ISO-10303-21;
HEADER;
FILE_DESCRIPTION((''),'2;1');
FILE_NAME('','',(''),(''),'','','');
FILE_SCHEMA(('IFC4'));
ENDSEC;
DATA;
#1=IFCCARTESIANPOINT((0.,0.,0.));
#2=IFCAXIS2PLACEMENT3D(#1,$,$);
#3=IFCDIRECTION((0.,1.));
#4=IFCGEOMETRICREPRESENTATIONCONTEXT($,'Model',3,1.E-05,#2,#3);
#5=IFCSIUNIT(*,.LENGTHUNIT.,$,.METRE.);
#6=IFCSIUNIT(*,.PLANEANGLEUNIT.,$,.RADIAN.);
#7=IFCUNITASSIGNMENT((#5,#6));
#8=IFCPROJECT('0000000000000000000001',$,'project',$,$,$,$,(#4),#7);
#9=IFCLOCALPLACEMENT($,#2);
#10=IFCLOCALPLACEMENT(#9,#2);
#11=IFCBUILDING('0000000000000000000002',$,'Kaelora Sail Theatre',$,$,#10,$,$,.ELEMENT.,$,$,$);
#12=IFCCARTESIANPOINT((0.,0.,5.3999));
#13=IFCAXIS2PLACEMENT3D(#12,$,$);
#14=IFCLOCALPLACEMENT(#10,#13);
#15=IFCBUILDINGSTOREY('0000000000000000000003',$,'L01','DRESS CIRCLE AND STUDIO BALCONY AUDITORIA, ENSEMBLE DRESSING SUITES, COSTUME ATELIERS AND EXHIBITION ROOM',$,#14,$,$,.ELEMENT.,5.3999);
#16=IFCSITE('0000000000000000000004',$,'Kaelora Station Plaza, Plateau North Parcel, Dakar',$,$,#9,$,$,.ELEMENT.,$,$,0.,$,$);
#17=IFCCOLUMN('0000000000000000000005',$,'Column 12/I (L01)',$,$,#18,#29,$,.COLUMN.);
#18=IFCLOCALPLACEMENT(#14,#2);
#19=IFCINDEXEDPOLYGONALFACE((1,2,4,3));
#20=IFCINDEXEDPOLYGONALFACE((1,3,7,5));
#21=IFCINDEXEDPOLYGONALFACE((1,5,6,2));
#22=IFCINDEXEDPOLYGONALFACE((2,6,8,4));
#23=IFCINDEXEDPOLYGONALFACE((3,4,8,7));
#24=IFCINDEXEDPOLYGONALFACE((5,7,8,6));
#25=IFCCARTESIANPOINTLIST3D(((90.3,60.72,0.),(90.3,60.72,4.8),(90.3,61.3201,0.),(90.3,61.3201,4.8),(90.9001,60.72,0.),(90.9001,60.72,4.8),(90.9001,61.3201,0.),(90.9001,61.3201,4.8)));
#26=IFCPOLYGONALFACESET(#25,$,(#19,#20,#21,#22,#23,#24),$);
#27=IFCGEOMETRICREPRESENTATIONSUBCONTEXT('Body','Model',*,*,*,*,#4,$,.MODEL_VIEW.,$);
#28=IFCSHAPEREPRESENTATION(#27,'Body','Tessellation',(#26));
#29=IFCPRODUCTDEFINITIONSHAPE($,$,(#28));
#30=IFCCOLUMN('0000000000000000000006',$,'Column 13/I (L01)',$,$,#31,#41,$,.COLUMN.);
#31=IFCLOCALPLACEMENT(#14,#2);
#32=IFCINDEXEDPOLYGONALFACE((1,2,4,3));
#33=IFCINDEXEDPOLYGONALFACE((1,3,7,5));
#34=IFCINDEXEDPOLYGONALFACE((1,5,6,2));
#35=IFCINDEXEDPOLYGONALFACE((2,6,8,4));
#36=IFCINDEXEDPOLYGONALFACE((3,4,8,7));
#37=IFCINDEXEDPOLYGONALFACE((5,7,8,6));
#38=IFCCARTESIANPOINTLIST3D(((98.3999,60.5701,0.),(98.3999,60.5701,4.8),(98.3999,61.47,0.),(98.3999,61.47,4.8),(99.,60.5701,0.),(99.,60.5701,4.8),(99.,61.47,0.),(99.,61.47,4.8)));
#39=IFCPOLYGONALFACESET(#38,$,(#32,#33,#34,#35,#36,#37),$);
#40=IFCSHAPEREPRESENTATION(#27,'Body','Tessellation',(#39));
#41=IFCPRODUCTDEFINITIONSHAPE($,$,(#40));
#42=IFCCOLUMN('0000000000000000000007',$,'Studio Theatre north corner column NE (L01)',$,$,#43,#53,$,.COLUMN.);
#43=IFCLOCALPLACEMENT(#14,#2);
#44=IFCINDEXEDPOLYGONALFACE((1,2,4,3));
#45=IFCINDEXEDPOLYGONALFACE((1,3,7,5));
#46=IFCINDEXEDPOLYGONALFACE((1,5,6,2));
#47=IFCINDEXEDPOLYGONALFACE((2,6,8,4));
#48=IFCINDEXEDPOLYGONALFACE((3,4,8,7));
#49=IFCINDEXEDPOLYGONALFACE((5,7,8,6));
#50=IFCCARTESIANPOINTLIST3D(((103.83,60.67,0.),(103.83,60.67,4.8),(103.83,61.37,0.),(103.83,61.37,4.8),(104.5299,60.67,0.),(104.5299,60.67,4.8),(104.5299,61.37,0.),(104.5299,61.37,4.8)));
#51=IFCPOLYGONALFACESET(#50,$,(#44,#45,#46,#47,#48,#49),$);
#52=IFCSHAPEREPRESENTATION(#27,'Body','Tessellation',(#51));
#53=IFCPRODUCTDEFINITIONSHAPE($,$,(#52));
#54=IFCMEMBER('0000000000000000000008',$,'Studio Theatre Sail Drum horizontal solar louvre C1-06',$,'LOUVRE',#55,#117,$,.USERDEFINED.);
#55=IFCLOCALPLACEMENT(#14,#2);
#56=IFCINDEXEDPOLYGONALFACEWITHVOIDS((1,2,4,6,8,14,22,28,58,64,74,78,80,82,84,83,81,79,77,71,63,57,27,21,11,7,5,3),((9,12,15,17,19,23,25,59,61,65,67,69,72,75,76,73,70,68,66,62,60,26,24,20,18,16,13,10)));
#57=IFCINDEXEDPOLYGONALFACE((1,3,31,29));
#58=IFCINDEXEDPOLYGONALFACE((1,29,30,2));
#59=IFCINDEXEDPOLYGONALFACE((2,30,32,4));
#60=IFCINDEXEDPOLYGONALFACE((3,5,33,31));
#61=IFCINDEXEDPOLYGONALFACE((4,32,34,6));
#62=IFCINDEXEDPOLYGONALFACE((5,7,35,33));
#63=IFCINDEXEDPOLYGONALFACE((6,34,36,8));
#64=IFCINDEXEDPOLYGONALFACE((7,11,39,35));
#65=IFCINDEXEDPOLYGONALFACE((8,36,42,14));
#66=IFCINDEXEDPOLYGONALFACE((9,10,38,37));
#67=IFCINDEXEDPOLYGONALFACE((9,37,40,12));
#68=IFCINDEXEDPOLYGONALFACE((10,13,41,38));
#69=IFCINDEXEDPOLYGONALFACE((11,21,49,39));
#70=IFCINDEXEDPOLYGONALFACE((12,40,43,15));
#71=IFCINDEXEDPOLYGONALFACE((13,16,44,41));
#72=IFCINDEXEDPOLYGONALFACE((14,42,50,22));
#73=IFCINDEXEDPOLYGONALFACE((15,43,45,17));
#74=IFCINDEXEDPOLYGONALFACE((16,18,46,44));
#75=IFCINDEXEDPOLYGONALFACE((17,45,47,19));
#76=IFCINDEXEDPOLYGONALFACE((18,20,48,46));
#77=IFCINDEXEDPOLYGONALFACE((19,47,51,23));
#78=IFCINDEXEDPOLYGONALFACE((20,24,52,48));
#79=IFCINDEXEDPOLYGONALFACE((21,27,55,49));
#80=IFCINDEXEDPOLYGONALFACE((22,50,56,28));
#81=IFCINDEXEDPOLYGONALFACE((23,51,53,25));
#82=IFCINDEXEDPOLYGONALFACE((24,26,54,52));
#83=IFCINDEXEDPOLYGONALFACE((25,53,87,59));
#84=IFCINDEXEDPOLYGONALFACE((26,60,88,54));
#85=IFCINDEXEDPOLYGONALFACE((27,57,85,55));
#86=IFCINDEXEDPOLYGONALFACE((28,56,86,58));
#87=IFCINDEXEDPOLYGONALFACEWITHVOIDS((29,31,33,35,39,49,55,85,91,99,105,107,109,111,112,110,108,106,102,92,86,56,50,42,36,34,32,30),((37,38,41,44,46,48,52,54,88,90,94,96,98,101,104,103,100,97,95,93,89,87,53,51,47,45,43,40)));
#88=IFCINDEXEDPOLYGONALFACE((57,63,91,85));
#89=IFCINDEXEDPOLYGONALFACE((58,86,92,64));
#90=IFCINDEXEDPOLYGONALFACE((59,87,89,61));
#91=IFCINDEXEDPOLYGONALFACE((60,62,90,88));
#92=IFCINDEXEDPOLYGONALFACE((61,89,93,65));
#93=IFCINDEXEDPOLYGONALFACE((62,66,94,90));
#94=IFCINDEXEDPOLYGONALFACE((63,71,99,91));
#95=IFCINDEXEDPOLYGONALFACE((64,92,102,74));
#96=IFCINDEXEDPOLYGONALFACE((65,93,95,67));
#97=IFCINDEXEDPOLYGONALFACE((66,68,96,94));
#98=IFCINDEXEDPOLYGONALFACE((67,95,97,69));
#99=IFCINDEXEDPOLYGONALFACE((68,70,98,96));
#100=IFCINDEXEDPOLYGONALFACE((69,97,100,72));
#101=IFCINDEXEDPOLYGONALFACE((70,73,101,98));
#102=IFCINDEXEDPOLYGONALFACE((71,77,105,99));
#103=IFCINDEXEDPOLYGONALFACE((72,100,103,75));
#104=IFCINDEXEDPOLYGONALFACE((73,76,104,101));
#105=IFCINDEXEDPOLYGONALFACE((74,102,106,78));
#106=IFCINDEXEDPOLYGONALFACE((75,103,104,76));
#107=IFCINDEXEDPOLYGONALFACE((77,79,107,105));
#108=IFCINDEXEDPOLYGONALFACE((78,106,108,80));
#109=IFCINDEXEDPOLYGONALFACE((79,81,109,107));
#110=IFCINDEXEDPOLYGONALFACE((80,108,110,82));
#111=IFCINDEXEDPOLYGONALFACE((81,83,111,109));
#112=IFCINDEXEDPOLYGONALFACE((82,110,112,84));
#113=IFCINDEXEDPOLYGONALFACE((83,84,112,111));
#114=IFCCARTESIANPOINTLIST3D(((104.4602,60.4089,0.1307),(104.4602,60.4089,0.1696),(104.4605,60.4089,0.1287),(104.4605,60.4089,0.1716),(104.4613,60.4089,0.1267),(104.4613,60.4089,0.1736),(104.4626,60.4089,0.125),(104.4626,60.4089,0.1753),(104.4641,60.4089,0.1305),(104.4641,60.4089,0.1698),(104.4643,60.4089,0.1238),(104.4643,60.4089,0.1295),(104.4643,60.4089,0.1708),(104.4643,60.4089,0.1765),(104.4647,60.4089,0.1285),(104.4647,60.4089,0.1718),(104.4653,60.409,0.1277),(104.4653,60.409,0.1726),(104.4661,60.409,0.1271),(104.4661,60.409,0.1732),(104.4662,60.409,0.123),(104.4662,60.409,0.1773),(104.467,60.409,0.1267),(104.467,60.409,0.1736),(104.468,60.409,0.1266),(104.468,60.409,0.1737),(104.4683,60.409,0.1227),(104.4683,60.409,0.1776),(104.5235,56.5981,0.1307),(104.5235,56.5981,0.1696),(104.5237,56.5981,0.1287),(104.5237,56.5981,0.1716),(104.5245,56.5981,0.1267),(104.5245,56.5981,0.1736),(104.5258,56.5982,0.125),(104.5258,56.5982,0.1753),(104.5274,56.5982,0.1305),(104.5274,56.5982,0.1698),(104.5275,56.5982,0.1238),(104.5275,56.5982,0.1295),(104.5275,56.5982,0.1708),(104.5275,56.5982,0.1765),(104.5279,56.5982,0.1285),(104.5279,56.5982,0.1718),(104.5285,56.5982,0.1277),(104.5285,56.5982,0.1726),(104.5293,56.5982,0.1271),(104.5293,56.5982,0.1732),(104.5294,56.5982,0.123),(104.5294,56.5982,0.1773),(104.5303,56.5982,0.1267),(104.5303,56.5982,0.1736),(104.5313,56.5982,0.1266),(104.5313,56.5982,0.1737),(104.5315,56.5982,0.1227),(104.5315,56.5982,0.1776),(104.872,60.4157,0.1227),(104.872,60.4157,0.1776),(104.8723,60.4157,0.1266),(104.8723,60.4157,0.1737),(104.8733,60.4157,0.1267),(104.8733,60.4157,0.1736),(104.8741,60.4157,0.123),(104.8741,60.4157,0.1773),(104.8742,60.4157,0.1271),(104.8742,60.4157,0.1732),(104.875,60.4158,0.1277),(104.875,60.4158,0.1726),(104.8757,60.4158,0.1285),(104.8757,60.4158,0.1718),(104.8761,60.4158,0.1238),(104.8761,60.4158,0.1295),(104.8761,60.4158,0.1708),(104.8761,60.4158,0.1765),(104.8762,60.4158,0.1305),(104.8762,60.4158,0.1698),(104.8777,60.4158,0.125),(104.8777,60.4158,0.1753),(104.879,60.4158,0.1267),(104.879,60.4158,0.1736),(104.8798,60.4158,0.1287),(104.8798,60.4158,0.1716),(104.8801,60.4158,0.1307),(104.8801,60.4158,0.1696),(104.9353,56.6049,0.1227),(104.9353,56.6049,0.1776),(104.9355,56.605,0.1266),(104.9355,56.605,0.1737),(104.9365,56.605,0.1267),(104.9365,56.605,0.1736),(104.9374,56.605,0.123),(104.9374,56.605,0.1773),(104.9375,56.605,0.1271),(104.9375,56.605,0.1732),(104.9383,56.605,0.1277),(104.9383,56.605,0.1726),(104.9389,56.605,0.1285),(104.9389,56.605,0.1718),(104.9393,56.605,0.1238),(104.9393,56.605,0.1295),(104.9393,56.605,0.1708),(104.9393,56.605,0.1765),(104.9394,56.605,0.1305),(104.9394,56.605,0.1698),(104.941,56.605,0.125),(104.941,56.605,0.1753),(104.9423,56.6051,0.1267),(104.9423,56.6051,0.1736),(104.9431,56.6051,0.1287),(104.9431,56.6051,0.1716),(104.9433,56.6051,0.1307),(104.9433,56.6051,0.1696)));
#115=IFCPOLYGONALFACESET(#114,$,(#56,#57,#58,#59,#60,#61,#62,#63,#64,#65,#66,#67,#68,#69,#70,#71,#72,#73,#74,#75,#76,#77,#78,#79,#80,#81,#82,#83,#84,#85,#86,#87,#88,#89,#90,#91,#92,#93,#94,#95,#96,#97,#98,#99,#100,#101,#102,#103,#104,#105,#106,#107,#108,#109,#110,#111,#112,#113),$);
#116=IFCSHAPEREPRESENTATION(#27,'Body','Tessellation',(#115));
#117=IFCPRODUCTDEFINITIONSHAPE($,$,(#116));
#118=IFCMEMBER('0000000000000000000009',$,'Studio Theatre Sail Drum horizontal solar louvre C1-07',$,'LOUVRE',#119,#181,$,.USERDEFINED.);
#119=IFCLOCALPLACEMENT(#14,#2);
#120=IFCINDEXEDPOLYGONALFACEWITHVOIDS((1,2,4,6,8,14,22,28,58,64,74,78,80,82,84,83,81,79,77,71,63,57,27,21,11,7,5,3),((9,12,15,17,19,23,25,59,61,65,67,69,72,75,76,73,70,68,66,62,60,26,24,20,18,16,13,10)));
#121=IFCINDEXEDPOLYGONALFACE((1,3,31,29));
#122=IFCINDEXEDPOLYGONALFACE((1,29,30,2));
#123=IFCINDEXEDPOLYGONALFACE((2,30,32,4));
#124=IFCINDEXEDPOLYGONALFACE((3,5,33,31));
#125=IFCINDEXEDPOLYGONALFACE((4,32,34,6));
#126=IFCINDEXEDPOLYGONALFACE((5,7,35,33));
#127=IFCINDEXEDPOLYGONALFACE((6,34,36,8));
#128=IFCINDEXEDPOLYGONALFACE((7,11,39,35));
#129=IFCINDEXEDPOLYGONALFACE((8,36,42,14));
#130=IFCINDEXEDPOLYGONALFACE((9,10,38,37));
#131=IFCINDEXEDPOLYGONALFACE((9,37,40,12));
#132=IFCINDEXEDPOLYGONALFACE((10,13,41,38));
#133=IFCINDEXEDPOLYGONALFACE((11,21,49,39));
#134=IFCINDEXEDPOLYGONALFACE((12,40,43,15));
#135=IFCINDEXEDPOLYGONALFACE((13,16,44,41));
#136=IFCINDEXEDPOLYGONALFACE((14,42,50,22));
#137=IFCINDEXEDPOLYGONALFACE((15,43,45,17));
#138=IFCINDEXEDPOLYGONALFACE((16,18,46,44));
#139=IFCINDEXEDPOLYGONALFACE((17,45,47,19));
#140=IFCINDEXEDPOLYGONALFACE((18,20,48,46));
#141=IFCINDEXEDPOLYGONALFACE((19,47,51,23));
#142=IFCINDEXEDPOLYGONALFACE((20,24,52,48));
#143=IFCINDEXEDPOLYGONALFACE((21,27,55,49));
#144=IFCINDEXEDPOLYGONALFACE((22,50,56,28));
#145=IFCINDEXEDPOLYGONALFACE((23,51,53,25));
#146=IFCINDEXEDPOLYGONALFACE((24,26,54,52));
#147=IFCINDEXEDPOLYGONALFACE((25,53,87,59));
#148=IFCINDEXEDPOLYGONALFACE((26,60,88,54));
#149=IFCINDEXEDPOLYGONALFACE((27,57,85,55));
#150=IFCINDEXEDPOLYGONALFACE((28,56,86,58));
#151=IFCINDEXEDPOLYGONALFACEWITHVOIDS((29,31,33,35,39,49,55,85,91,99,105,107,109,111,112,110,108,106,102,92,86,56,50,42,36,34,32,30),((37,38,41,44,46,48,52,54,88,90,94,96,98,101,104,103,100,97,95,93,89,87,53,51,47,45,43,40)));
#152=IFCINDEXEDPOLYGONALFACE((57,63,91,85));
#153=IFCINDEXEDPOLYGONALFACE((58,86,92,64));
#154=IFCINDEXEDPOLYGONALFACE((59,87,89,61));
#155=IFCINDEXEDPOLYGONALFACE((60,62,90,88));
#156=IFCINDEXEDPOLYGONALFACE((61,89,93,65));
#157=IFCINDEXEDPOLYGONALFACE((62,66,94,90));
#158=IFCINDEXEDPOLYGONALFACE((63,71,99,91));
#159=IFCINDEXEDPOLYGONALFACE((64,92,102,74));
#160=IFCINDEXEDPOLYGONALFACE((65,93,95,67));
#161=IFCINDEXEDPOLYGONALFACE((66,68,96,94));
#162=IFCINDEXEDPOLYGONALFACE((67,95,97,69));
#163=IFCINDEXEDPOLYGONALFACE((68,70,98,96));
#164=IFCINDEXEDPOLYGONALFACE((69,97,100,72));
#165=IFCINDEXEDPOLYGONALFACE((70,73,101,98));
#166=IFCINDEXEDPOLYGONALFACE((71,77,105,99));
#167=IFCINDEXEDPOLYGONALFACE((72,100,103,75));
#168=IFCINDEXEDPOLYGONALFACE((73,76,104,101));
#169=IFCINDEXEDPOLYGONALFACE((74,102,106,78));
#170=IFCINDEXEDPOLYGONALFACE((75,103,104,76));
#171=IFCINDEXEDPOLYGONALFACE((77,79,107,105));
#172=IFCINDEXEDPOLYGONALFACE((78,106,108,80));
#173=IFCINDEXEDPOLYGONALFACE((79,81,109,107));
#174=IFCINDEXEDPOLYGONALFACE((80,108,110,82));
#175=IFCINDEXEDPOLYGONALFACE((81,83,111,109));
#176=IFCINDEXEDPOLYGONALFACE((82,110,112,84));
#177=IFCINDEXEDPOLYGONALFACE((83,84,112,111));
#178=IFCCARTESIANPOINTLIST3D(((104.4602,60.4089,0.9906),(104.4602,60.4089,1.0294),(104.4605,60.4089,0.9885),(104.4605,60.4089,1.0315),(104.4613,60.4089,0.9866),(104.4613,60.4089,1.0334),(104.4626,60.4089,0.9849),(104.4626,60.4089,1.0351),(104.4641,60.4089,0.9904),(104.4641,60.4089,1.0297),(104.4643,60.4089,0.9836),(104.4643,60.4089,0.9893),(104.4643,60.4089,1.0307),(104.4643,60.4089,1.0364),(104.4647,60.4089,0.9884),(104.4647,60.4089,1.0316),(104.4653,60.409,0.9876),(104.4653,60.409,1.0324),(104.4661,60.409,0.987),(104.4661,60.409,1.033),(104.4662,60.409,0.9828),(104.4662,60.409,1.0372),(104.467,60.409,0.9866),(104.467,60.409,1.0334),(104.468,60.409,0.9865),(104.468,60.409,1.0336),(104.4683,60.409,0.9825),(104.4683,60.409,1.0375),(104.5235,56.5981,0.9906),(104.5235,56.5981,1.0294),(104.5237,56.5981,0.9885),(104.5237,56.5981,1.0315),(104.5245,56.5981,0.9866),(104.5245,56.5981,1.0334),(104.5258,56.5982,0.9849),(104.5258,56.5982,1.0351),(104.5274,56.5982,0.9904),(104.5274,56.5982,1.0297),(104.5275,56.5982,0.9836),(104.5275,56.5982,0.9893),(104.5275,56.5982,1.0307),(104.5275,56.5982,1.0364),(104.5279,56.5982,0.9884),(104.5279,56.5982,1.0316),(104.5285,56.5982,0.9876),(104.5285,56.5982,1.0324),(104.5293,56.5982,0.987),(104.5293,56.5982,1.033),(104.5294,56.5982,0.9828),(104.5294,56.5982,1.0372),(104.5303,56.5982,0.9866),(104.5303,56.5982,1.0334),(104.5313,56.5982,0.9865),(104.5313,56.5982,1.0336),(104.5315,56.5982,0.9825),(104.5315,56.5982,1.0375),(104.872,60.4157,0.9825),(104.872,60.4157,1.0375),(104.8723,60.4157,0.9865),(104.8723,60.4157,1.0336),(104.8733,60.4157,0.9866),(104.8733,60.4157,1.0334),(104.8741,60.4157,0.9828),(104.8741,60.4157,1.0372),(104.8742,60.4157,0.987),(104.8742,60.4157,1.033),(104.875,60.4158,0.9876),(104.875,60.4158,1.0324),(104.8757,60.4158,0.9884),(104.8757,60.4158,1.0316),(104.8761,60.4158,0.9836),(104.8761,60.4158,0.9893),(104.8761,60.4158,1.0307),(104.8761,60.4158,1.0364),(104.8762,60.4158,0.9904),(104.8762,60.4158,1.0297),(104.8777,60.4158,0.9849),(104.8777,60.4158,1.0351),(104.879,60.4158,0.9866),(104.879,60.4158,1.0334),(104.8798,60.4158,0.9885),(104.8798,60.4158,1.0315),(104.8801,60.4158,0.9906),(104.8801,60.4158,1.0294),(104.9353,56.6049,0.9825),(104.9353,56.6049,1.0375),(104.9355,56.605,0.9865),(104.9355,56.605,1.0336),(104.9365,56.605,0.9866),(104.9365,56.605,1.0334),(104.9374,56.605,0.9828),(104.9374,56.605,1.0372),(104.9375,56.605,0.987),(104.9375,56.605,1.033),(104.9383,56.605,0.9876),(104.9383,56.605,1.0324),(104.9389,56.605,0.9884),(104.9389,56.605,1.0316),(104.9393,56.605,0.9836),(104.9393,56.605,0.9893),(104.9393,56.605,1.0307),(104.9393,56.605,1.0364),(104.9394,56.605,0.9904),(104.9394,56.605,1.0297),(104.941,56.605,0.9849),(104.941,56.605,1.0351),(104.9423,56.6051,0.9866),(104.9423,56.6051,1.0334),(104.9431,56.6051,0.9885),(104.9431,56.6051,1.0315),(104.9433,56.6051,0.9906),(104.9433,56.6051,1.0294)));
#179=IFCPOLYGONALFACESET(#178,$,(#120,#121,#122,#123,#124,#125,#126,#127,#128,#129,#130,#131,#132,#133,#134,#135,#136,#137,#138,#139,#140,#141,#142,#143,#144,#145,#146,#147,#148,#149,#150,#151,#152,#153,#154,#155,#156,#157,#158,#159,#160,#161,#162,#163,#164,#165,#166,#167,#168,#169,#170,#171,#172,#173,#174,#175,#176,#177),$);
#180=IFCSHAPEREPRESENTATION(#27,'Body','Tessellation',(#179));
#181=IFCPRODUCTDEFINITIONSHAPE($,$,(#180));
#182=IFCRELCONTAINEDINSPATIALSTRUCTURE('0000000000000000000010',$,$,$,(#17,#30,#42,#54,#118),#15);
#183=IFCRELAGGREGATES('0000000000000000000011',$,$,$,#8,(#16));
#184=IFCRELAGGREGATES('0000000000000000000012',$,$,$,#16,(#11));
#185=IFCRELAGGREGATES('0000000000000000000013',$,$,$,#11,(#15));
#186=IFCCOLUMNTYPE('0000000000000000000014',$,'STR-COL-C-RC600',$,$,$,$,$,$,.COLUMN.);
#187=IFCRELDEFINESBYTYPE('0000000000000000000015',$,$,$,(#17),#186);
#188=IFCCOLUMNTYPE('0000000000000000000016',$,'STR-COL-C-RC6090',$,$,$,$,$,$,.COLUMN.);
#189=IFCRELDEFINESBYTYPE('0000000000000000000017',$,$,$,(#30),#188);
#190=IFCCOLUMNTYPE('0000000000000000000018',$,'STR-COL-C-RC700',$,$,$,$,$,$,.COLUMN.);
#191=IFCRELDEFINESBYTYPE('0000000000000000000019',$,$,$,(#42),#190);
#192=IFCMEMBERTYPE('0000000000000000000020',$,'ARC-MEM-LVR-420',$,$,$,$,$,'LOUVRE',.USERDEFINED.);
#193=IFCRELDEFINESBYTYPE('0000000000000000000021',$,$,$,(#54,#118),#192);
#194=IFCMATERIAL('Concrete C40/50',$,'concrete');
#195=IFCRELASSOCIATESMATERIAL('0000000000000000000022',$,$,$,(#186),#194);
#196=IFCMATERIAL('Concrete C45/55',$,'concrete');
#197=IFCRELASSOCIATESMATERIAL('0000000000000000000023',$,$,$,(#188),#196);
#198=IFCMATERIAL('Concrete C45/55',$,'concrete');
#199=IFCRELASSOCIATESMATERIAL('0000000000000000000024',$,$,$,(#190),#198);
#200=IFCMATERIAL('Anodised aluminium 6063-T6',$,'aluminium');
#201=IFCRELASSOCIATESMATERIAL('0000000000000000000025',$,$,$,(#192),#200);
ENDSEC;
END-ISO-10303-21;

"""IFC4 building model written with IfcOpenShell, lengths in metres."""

from ifc_helpers import new_model, si_unit, direction, frame, origin, origin_2d, place, context, subcontext, project, spatial, rectangle, hollow_rectangle, extrude, material, material_profile, profile_set, type_object, element, save


model = new_model("IFC4")

# Units and contexts
model_context = context("Model", 3, precision=1e-05, world=origin(), true_north=direction((0.0, 1.0)))
body_context = subcontext(model_context, "Body", "Model", "MODEL_VIEW")
ifc_project = project(units=[si_unit("LENGTHUNIT", "METRE"), si_unit("PLANEANGLEUNIT", "RADIAN")], contexts=[model_context])

# Site, building, storey
site_placement = place(None, origin())
site = spatial("IfcSite", under=ifc_project, at=site_placement, Name="Kaelora Station Plaza, Plateau North Parcel, Dakar", CompositionType="ELEMENT", RefElevation=0.0)
building_placement = place(site_placement, origin())
building = spatial("IfcBuilding", under=site, at=building_placement, Name="Kaelora Sail Theatre", CompositionType="ELEMENT")
storey_placement = place(building_placement, frame((0.0, 0.0, 5.3999)))
storey = spatial("IfcBuildingStorey", under=building, at=storey_placement, Name="L01", Description="DRESS CIRCLE AND STUDIO BALCONY AUDITORIA, ENSEMBLE DRESSING SUITES, COSTUME ATELIERS AND EXHIBITION ROOM", CompositionType="ELEMENT", Elevation=5.3999)

# Columns
ifc_material_1 = material(Name="Concrete C40/50", Category="concrete")
ifc_material_profile_1 = material_profile(ifc_material_1, rectangle(XDim=0.6001, YDim=0.6001, at=origin_2d()), Name="RC-COL 600x600")
ifc_profile_set_1 = profile_set([ifc_material_profile_1], Name="Concrete C40/50")
column_type_1 = type_object("IfcColumnType", Name="STR-COL-C-RC600", PredefinedType="COLUMN", material=ifc_profile_set_1)
column_1_placement = place(storey_placement, frame((90.6001, 61.02, 0.0), z_axis=(0.0, 0.0, 1.0), x_axis=(1.0, 0.0, 0.0)))
element("IfcColumn", 1, at=column_1_placement, inside=storey, type_object=column_type_1, Name="Column 12/I (L01)", PredefinedType="COLUMN", context=body_context, shape_type="SweptSolid", body=[
    extrude(rectangle(XDim=0.6001, YDim=0.6001, at=origin_2d()), origin(), (0.0, 0.0, 1.0), 4.8),
])
ifc_material_2 = material(Name="Concrete C45/55", Category="concrete")
ifc_material_profile_2 = material_profile(ifc_material_2, rectangle(XDim=0.6001, YDim=0.8999, at=origin_2d()), Name="RC-COL 600x900")
ifc_profile_set_2 = profile_set([ifc_material_profile_2], Name="Concrete C45/55")
column_type_2 = type_object("IfcColumnType", Name="STR-COL-C-RC6090", PredefinedType="COLUMN", material=ifc_profile_set_2)
column_2_placement = place(storey_placement, frame((98.7, 61.02, 0.0), z_axis=(0.0, 0.0, 1.0), x_axis=(1.0, 0.0, 0.0)))
element("IfcColumn", 2, at=column_2_placement, inside=storey, type_object=column_type_2, Name="Column 13/I (L01)", PredefinedType="COLUMN", context=body_context, shape_type="SweptSolid", body=[
    extrude(rectangle(XDim=0.6001, YDim=0.8999, at=origin_2d()), origin(), (0.0, 0.0, 1.0), 4.8),
])
ifc_material_3 = material(Name="Concrete C45/55", Category="concrete")
ifc_material_profile_3 = material_profile(ifc_material_3, rectangle(XDim=0.7, YDim=0.7, at=origin_2d()), Name="RC-COL 700x700")
ifc_profile_set_3 = profile_set([ifc_material_profile_3], Name="Concrete C45/55")
column_type_3 = type_object("IfcColumnType", Name="STR-COL-C-RC700", PredefinedType="COLUMN", material=ifc_profile_set_3)
column_3_placement = place(storey_placement, frame((104.1799, 61.02, 0.0), z_axis=(0.0, 0.0, 1.0), x_axis=(1.0, 0.0, 0.0)))
element("IfcColumn", 3, at=column_3_placement, inside=storey, type_object=column_type_3, Name="Studio Theatre north corner column NE (L01)", PredefinedType="COLUMN", context=body_context, shape_type="SweptSolid", body=[
    extrude(rectangle(XDim=0.7, YDim=0.7, at=origin_2d()), origin(), (0.0, 0.0, 1.0), 4.8),
])

# Members
ifc_material_4 = material(Name="Anodised aluminium 6063-T6", Category="aluminium")
ifc_material_profile_4 = material_profile(ifc_material_4, hollow_rectangle(XDim=0.4199, YDim=0.0549, WallThickness=0.0039, InnerFilletRadius=0.0039, OuterFilletRadius=0.0081, at=origin_2d()), Name="LOUVRE 420x55x4")
ifc_profile_set_4 = profile_set([ifc_material_profile_4], Name="Anodised aluminium 6063-T6")
member_type_1 = type_object("IfcMemberType", Name="ARC-MEM-LVR-420", ElementType="LOUVRE", PredefinedType="USERDEFINED", material=ifc_profile_set_4)
for number, where, z_axis, x_axis, name in (
    (4, (104.6702, 60.4124, 0.1501), (0.016591, -0.999862, 0.0), (0.999862, 0.016591, 0.0), "Studio Theatre Sail Drum horizontal solar louvre C1-06"),
    (5, (104.6702, 60.4124, 1.01), (0.016591, -0.999862, 0.0), (0.999862, 0.016591, 0.0), "Studio Theatre Sail Drum horizontal solar louvre C1-07"),
):
    element("IfcMember", number, at=place(storey_placement, frame(where, z_axis=z_axis, x_axis=x_axis)), inside=storey, type_object=member_type_1, Name=name, ObjectType="LOUVRE", PredefinedType="USERDEFINED", context=body_context, shape_type="SweptSolid", body=[
        extrude(hollow_rectangle(XDim=0.4199, YDim=0.0549, WallThickness=0.0039, InnerFilletRadius=0.0039, OuterFilletRadius=0.0081, at=origin_2d()), origin(), (0.0, 0.0, 1.0), 3.8113),
    ])

save(model, "model.ifc")
